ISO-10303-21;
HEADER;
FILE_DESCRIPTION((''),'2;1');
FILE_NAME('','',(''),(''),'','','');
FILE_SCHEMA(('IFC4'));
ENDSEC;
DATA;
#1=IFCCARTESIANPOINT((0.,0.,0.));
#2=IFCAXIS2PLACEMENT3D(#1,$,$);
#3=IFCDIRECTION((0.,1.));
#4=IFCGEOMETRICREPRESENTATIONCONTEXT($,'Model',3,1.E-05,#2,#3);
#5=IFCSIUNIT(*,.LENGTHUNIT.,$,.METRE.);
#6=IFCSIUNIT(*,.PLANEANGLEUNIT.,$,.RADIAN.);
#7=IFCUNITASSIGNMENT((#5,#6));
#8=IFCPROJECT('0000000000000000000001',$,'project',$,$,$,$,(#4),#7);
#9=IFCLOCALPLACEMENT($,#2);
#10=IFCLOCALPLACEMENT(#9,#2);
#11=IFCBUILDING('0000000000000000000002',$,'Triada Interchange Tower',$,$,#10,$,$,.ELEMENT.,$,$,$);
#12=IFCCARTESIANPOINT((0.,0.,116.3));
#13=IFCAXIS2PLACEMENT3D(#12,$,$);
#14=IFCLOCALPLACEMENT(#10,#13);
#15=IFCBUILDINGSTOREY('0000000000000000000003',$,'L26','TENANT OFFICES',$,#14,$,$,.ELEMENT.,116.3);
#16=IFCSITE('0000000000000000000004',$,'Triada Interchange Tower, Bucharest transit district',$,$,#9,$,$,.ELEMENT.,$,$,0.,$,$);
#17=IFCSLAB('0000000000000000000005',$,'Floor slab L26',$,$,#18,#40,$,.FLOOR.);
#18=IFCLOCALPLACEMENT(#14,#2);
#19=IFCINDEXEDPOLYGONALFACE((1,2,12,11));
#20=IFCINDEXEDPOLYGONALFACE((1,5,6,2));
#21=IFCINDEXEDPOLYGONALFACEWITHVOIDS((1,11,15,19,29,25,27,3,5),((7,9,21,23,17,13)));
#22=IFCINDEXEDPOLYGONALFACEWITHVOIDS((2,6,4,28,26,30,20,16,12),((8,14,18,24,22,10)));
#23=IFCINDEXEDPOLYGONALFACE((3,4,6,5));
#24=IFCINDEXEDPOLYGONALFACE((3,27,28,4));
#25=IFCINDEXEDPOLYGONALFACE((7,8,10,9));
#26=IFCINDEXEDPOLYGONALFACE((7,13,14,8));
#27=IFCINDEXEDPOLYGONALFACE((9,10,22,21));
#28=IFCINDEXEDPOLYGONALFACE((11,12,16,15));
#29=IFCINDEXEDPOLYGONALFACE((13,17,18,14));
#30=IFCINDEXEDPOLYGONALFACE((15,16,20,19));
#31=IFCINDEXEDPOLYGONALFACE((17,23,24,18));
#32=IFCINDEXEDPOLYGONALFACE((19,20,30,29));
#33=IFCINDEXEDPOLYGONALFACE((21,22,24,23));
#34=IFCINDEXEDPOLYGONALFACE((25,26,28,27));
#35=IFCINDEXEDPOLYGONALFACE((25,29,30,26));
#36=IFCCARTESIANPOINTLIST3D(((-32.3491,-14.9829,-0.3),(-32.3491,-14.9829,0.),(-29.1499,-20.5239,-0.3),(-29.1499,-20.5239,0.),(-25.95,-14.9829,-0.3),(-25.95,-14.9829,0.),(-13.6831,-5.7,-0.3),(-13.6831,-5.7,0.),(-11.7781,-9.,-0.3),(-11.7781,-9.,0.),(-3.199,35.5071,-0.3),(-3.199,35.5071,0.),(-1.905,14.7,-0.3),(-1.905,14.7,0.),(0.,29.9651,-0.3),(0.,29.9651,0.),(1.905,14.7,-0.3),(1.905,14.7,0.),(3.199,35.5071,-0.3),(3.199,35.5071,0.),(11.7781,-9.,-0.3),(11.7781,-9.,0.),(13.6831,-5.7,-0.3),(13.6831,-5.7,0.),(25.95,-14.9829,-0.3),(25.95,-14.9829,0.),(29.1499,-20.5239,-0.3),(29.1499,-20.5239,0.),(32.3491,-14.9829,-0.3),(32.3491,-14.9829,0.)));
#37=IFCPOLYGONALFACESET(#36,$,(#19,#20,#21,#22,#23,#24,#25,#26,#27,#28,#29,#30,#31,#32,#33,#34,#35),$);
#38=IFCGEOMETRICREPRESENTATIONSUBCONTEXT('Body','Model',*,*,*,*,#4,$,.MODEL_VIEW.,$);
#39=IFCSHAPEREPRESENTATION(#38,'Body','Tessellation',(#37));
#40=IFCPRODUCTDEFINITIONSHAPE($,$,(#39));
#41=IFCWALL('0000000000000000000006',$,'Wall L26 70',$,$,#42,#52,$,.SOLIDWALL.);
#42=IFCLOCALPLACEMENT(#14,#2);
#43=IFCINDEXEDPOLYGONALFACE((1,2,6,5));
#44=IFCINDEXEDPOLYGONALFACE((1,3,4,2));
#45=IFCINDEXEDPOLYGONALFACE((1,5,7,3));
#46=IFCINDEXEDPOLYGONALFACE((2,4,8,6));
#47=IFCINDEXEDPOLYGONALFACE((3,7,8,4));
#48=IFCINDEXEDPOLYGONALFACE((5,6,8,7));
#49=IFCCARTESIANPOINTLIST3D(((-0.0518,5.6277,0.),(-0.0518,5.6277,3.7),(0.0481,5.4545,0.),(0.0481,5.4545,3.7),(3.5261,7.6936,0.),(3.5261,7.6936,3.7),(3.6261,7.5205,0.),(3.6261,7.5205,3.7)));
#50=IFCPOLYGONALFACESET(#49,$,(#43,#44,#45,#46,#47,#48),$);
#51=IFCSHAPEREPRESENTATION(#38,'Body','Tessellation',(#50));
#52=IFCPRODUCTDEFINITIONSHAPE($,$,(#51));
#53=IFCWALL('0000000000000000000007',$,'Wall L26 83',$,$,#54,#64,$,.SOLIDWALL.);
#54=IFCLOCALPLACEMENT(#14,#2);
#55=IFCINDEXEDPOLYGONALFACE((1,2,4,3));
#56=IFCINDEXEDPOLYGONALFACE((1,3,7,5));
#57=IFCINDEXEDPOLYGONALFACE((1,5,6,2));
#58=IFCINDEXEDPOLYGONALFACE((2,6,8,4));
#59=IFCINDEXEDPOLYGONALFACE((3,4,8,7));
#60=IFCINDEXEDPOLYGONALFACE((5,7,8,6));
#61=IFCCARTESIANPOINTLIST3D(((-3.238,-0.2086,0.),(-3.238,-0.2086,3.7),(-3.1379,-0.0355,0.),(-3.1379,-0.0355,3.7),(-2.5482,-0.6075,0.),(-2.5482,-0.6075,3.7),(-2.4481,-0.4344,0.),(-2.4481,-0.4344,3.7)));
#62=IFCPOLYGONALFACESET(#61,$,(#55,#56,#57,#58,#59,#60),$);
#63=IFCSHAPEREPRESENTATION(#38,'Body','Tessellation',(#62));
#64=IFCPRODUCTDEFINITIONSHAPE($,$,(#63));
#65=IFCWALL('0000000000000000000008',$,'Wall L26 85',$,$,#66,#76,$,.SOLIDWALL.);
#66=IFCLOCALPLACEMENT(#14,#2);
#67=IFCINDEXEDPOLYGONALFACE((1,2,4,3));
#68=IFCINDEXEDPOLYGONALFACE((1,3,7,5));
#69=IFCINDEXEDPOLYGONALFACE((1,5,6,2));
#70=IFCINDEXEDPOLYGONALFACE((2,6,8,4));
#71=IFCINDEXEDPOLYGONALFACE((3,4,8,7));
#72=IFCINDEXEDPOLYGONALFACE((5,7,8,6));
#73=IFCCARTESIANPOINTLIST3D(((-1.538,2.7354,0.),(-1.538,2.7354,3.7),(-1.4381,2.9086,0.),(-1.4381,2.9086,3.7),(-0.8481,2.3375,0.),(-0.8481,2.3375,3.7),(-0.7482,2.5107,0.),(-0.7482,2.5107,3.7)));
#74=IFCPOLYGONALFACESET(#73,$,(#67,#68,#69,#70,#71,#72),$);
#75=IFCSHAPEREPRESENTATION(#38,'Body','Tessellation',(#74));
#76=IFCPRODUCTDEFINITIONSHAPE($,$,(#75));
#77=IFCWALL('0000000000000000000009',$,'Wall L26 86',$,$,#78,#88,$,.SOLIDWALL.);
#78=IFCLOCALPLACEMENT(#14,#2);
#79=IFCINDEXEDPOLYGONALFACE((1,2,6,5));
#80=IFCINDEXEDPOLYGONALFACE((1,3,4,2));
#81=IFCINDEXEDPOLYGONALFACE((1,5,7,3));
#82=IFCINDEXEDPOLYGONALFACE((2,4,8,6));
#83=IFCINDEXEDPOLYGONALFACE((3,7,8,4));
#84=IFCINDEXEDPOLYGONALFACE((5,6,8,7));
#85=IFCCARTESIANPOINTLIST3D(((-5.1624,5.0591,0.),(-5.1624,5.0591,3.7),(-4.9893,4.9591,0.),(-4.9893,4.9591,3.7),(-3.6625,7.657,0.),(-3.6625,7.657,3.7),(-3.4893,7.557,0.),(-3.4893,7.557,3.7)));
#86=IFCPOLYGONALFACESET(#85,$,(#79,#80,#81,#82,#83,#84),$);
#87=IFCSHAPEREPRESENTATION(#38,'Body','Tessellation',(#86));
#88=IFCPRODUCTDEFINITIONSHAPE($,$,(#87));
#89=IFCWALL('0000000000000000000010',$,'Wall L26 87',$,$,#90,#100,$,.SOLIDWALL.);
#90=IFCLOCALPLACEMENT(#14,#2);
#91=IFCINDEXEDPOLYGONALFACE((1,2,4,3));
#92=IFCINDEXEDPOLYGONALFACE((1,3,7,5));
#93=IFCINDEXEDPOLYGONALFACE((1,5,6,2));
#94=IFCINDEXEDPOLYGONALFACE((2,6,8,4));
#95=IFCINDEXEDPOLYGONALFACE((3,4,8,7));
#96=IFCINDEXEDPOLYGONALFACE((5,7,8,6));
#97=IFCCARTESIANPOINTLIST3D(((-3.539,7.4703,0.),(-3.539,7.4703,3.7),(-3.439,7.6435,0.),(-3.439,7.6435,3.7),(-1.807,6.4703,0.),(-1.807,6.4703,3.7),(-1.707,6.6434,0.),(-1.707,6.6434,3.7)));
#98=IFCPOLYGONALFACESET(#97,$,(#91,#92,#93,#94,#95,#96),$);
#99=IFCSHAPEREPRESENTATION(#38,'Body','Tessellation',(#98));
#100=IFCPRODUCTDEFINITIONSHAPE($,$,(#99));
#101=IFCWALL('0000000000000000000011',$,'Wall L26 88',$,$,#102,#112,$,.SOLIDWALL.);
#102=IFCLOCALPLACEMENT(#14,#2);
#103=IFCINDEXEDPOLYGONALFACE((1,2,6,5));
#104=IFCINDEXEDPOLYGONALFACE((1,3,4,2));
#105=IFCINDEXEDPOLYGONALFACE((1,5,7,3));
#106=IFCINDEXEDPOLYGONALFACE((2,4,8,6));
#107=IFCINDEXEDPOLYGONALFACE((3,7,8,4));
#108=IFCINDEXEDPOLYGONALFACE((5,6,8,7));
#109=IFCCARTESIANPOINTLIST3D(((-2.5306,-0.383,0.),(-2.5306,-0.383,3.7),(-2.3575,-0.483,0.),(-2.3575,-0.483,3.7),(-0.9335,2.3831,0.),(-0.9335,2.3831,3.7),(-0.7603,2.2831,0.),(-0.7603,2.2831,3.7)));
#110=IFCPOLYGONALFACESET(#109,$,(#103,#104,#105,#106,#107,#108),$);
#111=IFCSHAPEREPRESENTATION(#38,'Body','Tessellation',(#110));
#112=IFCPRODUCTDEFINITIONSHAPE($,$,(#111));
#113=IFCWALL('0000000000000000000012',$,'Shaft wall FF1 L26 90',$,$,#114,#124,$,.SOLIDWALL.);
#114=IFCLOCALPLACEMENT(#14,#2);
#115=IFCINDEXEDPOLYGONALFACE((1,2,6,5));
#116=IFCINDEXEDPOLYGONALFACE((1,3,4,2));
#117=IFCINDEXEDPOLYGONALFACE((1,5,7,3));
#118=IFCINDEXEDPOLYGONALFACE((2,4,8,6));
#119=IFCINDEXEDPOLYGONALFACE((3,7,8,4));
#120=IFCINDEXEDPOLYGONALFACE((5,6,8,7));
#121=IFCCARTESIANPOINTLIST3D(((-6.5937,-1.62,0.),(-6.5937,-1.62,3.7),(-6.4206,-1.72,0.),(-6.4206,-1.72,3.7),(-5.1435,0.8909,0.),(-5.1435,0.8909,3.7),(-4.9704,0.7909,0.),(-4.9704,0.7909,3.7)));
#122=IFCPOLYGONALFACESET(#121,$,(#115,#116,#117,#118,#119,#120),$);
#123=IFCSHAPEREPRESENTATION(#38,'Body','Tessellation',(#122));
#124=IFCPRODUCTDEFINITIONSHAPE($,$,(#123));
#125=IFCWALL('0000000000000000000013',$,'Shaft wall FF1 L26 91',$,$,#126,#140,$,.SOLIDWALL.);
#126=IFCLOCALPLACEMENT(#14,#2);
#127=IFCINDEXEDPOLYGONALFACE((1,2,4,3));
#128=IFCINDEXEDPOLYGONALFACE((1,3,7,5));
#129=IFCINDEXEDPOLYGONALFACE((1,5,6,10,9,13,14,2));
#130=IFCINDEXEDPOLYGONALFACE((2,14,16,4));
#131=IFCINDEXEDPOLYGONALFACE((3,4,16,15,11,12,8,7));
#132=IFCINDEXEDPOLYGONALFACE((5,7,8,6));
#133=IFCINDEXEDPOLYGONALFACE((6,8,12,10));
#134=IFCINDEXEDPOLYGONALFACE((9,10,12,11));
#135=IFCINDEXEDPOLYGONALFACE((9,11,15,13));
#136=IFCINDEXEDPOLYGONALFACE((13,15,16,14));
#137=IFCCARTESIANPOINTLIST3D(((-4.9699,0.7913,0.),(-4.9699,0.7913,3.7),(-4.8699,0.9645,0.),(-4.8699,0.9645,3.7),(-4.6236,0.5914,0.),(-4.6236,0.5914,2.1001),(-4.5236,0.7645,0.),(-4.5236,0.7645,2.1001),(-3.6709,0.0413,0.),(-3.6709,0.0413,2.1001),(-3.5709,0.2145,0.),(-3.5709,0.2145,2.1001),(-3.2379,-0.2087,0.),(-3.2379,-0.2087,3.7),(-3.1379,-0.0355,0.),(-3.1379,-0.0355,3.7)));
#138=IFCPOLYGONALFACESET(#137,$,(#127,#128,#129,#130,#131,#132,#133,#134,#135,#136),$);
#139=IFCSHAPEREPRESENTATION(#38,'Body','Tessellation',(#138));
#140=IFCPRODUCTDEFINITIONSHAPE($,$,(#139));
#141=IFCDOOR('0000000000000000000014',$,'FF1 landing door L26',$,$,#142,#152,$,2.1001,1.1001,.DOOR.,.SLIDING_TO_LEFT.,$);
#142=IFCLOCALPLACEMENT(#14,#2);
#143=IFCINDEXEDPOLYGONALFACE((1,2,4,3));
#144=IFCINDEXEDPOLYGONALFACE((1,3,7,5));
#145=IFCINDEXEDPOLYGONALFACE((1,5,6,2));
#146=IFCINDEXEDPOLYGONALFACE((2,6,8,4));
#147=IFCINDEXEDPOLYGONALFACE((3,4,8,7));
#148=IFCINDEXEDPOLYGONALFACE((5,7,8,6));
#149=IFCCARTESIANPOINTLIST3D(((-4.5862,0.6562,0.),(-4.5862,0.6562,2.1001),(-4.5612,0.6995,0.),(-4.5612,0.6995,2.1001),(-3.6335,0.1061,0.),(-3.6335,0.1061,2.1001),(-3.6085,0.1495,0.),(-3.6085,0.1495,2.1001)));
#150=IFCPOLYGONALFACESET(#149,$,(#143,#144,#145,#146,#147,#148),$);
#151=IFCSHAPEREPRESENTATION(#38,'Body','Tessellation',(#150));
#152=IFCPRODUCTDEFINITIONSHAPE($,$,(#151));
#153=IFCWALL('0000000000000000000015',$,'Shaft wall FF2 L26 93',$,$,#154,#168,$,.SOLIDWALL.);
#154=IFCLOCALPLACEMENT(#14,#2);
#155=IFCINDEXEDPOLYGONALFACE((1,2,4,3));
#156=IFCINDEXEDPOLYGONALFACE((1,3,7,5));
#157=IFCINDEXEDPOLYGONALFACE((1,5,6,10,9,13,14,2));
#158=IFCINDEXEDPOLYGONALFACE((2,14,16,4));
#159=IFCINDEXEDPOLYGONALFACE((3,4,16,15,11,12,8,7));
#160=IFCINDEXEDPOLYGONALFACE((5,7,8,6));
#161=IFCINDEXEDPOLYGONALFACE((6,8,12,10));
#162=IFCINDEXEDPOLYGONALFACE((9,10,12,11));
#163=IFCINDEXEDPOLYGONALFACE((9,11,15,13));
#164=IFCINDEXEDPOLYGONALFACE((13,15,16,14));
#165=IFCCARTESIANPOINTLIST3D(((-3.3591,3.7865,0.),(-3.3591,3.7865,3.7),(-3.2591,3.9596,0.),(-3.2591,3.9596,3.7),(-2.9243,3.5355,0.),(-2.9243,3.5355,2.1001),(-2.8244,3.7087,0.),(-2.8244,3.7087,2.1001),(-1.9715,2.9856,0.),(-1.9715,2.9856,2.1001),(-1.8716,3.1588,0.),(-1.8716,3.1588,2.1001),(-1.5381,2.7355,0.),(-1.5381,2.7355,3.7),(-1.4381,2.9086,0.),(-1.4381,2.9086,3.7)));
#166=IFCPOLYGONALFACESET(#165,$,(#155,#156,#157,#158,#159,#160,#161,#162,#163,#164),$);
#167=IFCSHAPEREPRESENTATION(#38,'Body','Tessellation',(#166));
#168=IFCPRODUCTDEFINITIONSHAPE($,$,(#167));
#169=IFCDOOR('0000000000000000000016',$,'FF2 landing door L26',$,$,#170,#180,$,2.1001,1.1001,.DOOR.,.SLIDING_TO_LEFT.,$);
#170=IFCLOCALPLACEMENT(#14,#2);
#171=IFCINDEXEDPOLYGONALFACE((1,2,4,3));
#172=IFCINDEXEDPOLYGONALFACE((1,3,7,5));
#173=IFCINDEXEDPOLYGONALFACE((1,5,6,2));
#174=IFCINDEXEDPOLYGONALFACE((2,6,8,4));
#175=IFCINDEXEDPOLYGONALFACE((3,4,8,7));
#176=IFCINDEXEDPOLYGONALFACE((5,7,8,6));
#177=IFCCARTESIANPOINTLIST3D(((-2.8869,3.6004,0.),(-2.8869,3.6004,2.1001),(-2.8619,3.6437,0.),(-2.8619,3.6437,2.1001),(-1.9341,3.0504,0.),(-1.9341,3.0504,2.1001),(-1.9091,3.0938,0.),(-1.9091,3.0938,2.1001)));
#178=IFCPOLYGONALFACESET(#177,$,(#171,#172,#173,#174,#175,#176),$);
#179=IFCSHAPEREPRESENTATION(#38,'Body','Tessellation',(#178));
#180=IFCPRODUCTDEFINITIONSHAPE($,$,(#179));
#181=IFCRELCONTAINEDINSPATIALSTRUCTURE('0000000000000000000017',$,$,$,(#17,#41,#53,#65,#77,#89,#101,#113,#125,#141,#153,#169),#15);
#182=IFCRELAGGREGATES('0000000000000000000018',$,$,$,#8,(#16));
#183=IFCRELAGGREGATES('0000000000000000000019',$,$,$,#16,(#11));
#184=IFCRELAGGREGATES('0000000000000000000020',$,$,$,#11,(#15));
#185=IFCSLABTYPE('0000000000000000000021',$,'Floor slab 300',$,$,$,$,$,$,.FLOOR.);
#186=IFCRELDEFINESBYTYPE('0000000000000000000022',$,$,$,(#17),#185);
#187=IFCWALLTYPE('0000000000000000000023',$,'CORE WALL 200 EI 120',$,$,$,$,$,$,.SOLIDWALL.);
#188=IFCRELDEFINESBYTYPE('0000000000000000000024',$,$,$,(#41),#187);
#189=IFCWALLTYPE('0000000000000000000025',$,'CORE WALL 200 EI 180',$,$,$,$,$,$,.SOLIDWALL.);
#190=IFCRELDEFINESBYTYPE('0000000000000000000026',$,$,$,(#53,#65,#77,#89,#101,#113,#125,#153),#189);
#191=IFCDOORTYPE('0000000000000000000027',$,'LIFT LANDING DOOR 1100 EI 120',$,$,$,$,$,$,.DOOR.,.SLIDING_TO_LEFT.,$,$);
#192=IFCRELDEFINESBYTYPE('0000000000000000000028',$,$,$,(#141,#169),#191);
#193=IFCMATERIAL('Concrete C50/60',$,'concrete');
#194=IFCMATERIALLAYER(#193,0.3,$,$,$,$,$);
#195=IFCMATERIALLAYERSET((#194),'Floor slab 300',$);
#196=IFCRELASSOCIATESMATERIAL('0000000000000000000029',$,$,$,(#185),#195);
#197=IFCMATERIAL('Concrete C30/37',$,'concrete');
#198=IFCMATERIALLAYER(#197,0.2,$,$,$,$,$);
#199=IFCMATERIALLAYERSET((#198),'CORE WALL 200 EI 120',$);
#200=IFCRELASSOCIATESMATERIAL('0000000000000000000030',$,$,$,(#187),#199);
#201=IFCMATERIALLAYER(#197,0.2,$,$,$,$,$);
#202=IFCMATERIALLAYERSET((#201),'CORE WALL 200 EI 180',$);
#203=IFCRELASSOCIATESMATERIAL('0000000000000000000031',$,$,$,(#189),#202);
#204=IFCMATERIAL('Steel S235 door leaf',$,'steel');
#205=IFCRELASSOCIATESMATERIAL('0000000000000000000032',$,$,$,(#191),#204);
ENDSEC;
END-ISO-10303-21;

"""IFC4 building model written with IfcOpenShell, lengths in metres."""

from ifc_helpers import new_model, si_unit, direction, frame, frame_2d, origin, place, context, subcontext, project, spatial, polyline, rectangle, outline, extrude, material, layer, layer_set, type_object, element, fill, save


model = new_model("IFC4")

# Units and contexts
model_context = context("Model", 3, precision=1e-05, world=origin(), true_north=direction((0.0, 1.0)))
body_context = subcontext(model_context, "Body", "Model", "MODEL_VIEW")
ifc_project = project(units=[si_unit("LENGTHUNIT", "METRE"), si_unit("PLANEANGLEUNIT", "RADIAN")], contexts=[model_context])

# Site, building, storey
site_placement = place(None, origin())
site = spatial("IfcSite", under=ifc_project, at=site_placement, Name="Triada Interchange Tower, Bucharest transit district", CompositionType="ELEMENT", RefElevation=0.0)
building_placement = place(site_placement, origin())
building = spatial("IfcBuilding", under=site, at=building_placement, Name="Triada Interchange Tower", CompositionType="ELEMENT")
storey_placement = place(building_placement, frame((0.0, 0.0, 116.3)))
storey = spatial("IfcBuildingStorey", under=building, at=storey_placement, Name="L26", Description="TENANT OFFICES", CompositionType="ELEMENT", Elevation=116.3)

# Slab
ifc_material_1 = material(Name="Concrete C50/60", Category="concrete")
ifc_layer_1 = layer(ifc_material_1, 0.3)
ifc_layer_set_1 = layer_set([ifc_layer_1], Name="Floor slab 300")
slab_type = type_object("IfcSlabType", Name="Floor slab 300", PredefinedType="FLOOR", material=ifc_layer_set_1)
slab_placement = place(storey_placement, frame((0.0, 0.0, -0.3)))
element("IfcSlab", 1, at=slab_placement, inside=storey, type_object=slab_type, Name="Floor slab L26", PredefinedType="FLOOR", context=body_context, shape_type="SweptSolid", body=[
    extrude(outline(polyline([(-3.199, 35.5071), (-32.3491, -14.9829), (-25.95, -14.9829), (-29.1499, -20.5239), (29.1499, -20.5239), (25.95, -14.9829), (32.3491, -14.9829), (3.199, 35.5071), (0.0, 29.9651), (-3.199, 35.5071)]), holes=[polyline([(1.905, 14.7), (-1.905, 14.7), (-13.6831, -5.7), (-11.7781, -9.0), (11.7781, -9.0), (13.6831, -5.7), (1.905, 14.7)])]), origin(), (0.0, 0.0, 1.0), 0.3),
])

# Walls
ifc_material_2 = material(Name="Concrete C30/37", Category="concrete")
ifc_layer_2 = layer(ifc_material_2, 0.2)
ifc_layer_set_2 = layer_set([ifc_layer_2], Name="CORE WALL 200 EI 120")
wall_type_1 = type_object("IfcWallType", Name="CORE WALL 200 EI 120", PredefinedType="SOLIDWALL", material=ifc_layer_set_2)
wall_1_placement = place(storey_placement, frame((-0.002, 5.541, 0.0), z_axis=(0.0, 0.0, 1.0), x_axis=(0.866002, 0.500041, 0.0)))
element("IfcWall", 2, at=wall_1_placement, inside=storey, type_object=wall_type_1, Name="Wall L26 70", PredefinedType="SOLIDWALL", context=body_context, shape_type="SweptSolid", body=[
    extrude(rectangle(XDim=4.1316, YDim=0.2, at=frame_2d((2.0659, 0.0))), origin(), (0.0, 0.0, 1.0), 3.7),
])
ifc_layer_3 = layer(ifc_material_2, 0.2)
ifc_layer_set_3 = layer_set([ifc_layer_3], Name="CORE WALL 200 EI 180")
wall_type_2 = type_object("IfcWallType", Name="CORE WALL 200 EI 180", PredefinedType="SOLIDWALL", material=ifc_layer_set_3)
wall_2_placement = place(storey_placement, frame((-3.188, -0.1221, 0.0), z_axis=(0.0, 0.0, 1.0), x_axis=(0.865706, -0.500553, 0.0)))
element("IfcWall", 3, at=wall_2_placement, inside=storey, type_object=wall_type_2, Name="Wall L26 83", PredefinedType="SOLIDWALL", context=body_context, shape_type="SweptSolid", body=[
    extrude(rectangle(XDim=0.7969, YDim=0.2, at=frame_2d((0.3984, 0.0))), origin(), (0.0, 0.0, 1.0), 3.7),
])
wall_3_placement = place(storey_placement, frame((-1.488, 2.822, 0.0), z_axis=(0.0, 0.0, 1.0), x_axis=(0.866237, -0.499634, 0.0)))
element("IfcWall", 4, at=wall_3_placement, inside=storey, type_object=wall_type_2, Name="Wall L26 85", PredefinedType="SOLIDWALL", context=body_context, shape_type="SweptSolid", body=[
    extrude(rectangle(XDim=0.7964, YDim=0.2, at=frame_2d((0.3982, 0.0))), origin(), (0.0, 0.0, 1.0), 3.7),
])
wall_4_placement = place(storey_placement, frame((-5.0759, 5.009, 0.0), z_axis=(0.0, 0.0, 1.0), x_axis=(0.500025, 0.866011, 0.0)))
element("IfcWall", 5, at=wall_4_placement, inside=storey, type_object=wall_type_2, Name="Wall L26 86", PredefinedType="SOLIDWALL", context=body_context, shape_type="SweptSolid", body=[
    extrude(rectangle(XDim=2.9998, YDim=0.2, at=frame_2d((1.5, 0.0))), origin(), (0.0, 0.0, 1.0), 3.7),
])
wall_5_placement = place(storey_placement, frame((-3.489, 7.5569, 0.0), z_axis=(0.0, 0.0, 1.0), x_axis=(0.866011, -0.500025, 0.0)))
element("IfcWall", 6, at=wall_5_placement, inside=storey, type_object=wall_type_2, Name="Wall L26 87", PredefinedType="SOLIDWALL", context=body_context, shape_type="SweptSolid", body=[
    extrude(rectangle(XDim=2.0, YDim=0.2, at=frame_2d((1.0, 0.0))), origin(), (0.0, 0.0, 1.0), 3.7),
])
wall_6_placement = place(storey_placement, frame((-2.4441, -0.4331, 0.0), z_axis=(0.0, 0.0, 1.0), x_axis=(0.500036, 0.866005, 0.0)))
element("IfcWall", 7, at=wall_6_placement, inside=storey, type_object=wall_type_2, Name="Wall L26 88", PredefinedType="SOLIDWALL", context=body_context, shape_type="SweptSolid", body=[
    extrude(rectangle(XDim=3.1941, YDim=0.2, at=frame_2d((1.5972, 0.0))), origin(), (0.0, 0.0, 1.0), 3.7),
])
wall_7_placement = place(storey_placement, frame((-6.5071, -1.6699, 0.0), z_axis=(0.0, 0.0, 1.0), x_axis=(0.500123, 0.865954, 0.0)))
element("IfcWall", 8, at=wall_7_placement, inside=storey, type_object=wall_type_2, Name="Shaft wall FF1 L26 90", PredefinedType="SOLIDWALL", context=body_context, shape_type="SweptSolid", body=[
    extrude(rectangle(XDim=2.8997, YDim=0.2, at=frame_2d((1.4497, 0.0))), origin(), (0.0, 0.0, 1.0), 3.7),
])

# Walls, openings, doors
wall_8_placement = place(storey_placement, frame((-4.9199, 0.8779, 0.0), z_axis=(0.0, 0.0, 1.0), x_axis=(0.866011, -0.500025, 0.0)))
wall_8 = element("IfcWall", 9, at=wall_8_placement, inside=storey, type_object=wall_type_2, Name="Shaft wall FF1 L26 91", PredefinedType="SOLIDWALL", context=body_context, shape_type="SweptSolid", body=[
    extrude(rectangle(XDim=2.0, YDim=0.2, at=frame_2d((1.0, 0.0))), origin(), (0.0, 0.0, 1.0), 3.7),
])
opening_1_placement = place(wall_8_placement, frame((0.3999, 0.0, 0.0)))
opening_1 = element("IfcOpeningElement", 10, at=opening_1_placement, cuts=wall_8, PredefinedType="OPENING", context=body_context, shape_type="SweptSolid", body=[
    extrude(rectangle(XDim=1.1001, YDim=2.1001, at=frame_2d((0.55, 1.05))), frame((0.0, 0.1099, 0.0), z_axis=(0.0, -1.0, 0.0), x_axis=(1.0, 0.0, 0.0)), (0.0, 0.0, 1.0), 0.22),
])
ifc_material_3 = material(Name="Steel S235 door leaf", Category="steel")
door_type = type_object("IfcDoorType", Name="LIFT LANDING DOOR 1100 EI 120", OperationType="SLIDING_TO_LEFT", PredefinedType="DOOR", material=ifc_material_3)
door_1_placement = place(opening_1_placement, origin())
door_1 = element("IfcDoor", 11, at=door_1_placement, inside=storey, type_object=door_type, Name="FF1 landing door L26", OperationType="SLIDING_TO_LEFT", OverallHeight=2.1001, OverallWidth=1.1001, PredefinedType="DOOR", context=body_context, shape_type="SweptSolid", body=[
    extrude(rectangle(XDim=1.1001, YDim=2.1001, at=frame_2d((0.55, 1.05))), frame((0.0, 0.0249, 0.0), z_axis=(0.0, -1.0, 0.0), x_axis=(1.0, 0.0, 0.0)), (0.0, 0.0, 1.0), 0.05),
])
fill(opening_1, door_1)
wall_9_placement = place(storey_placement, frame((-3.3091, 3.873, 0.0), z_axis=(0.0, 0.0, 1.0), x_axis=(0.866099, -0.499873, 0.0)))
wall_9 = element("IfcWall", 12, at=wall_9_placement, inside=storey, type_object=wall_type_2, Name="Shaft wall FF2 L26 93", PredefinedType="SOLIDWALL", context=body_context, shape_type="SweptSolid", body=[
    extrude(rectangle(XDim=2.1025, YDim=0.2, at=frame_2d((1.0513, 0.0))), origin(), (0.0, 0.0, 1.0), 3.7),
])
opening_2_placement = place(wall_9_placement, frame((0.502, 0.0, 0.0)))
opening_2 = element("IfcOpeningElement", 13, at=opening_2_placement, cuts=wall_9, PredefinedType="OPENING", context=body_context, shape_type="SweptSolid", body=[
    extrude(rectangle(XDim=1.1001, YDim=2.1001, at=frame_2d((0.55, 1.05))), frame((0.0, 0.1099, 0.0), z_axis=(0.0, -1.0, 0.0), x_axis=(1.0, 0.0, 0.0)), (0.0, 0.0, 1.0), 0.22),
])
door_2_placement = place(opening_2_placement, origin())
door_2 = element("IfcDoor", 14, at=door_2_placement, inside=storey, type_object=door_type, Name="FF2 landing door L26", OperationType="SLIDING_TO_LEFT", OverallHeight=2.1001, OverallWidth=1.1001, PredefinedType="DOOR", context=body_context, shape_type="SweptSolid", body=[
    extrude(rectangle(XDim=1.1001, YDim=2.1001, at=frame_2d((0.55, 1.05))), frame((0.0, 0.0249, 0.0), z_axis=(0.0, -1.0, 0.0), x_axis=(1.0, 0.0, 0.0)), (0.0, 0.0, 1.0), 0.05),
])
fill(opening_2, door_2)

save(model, "model.ifc")
